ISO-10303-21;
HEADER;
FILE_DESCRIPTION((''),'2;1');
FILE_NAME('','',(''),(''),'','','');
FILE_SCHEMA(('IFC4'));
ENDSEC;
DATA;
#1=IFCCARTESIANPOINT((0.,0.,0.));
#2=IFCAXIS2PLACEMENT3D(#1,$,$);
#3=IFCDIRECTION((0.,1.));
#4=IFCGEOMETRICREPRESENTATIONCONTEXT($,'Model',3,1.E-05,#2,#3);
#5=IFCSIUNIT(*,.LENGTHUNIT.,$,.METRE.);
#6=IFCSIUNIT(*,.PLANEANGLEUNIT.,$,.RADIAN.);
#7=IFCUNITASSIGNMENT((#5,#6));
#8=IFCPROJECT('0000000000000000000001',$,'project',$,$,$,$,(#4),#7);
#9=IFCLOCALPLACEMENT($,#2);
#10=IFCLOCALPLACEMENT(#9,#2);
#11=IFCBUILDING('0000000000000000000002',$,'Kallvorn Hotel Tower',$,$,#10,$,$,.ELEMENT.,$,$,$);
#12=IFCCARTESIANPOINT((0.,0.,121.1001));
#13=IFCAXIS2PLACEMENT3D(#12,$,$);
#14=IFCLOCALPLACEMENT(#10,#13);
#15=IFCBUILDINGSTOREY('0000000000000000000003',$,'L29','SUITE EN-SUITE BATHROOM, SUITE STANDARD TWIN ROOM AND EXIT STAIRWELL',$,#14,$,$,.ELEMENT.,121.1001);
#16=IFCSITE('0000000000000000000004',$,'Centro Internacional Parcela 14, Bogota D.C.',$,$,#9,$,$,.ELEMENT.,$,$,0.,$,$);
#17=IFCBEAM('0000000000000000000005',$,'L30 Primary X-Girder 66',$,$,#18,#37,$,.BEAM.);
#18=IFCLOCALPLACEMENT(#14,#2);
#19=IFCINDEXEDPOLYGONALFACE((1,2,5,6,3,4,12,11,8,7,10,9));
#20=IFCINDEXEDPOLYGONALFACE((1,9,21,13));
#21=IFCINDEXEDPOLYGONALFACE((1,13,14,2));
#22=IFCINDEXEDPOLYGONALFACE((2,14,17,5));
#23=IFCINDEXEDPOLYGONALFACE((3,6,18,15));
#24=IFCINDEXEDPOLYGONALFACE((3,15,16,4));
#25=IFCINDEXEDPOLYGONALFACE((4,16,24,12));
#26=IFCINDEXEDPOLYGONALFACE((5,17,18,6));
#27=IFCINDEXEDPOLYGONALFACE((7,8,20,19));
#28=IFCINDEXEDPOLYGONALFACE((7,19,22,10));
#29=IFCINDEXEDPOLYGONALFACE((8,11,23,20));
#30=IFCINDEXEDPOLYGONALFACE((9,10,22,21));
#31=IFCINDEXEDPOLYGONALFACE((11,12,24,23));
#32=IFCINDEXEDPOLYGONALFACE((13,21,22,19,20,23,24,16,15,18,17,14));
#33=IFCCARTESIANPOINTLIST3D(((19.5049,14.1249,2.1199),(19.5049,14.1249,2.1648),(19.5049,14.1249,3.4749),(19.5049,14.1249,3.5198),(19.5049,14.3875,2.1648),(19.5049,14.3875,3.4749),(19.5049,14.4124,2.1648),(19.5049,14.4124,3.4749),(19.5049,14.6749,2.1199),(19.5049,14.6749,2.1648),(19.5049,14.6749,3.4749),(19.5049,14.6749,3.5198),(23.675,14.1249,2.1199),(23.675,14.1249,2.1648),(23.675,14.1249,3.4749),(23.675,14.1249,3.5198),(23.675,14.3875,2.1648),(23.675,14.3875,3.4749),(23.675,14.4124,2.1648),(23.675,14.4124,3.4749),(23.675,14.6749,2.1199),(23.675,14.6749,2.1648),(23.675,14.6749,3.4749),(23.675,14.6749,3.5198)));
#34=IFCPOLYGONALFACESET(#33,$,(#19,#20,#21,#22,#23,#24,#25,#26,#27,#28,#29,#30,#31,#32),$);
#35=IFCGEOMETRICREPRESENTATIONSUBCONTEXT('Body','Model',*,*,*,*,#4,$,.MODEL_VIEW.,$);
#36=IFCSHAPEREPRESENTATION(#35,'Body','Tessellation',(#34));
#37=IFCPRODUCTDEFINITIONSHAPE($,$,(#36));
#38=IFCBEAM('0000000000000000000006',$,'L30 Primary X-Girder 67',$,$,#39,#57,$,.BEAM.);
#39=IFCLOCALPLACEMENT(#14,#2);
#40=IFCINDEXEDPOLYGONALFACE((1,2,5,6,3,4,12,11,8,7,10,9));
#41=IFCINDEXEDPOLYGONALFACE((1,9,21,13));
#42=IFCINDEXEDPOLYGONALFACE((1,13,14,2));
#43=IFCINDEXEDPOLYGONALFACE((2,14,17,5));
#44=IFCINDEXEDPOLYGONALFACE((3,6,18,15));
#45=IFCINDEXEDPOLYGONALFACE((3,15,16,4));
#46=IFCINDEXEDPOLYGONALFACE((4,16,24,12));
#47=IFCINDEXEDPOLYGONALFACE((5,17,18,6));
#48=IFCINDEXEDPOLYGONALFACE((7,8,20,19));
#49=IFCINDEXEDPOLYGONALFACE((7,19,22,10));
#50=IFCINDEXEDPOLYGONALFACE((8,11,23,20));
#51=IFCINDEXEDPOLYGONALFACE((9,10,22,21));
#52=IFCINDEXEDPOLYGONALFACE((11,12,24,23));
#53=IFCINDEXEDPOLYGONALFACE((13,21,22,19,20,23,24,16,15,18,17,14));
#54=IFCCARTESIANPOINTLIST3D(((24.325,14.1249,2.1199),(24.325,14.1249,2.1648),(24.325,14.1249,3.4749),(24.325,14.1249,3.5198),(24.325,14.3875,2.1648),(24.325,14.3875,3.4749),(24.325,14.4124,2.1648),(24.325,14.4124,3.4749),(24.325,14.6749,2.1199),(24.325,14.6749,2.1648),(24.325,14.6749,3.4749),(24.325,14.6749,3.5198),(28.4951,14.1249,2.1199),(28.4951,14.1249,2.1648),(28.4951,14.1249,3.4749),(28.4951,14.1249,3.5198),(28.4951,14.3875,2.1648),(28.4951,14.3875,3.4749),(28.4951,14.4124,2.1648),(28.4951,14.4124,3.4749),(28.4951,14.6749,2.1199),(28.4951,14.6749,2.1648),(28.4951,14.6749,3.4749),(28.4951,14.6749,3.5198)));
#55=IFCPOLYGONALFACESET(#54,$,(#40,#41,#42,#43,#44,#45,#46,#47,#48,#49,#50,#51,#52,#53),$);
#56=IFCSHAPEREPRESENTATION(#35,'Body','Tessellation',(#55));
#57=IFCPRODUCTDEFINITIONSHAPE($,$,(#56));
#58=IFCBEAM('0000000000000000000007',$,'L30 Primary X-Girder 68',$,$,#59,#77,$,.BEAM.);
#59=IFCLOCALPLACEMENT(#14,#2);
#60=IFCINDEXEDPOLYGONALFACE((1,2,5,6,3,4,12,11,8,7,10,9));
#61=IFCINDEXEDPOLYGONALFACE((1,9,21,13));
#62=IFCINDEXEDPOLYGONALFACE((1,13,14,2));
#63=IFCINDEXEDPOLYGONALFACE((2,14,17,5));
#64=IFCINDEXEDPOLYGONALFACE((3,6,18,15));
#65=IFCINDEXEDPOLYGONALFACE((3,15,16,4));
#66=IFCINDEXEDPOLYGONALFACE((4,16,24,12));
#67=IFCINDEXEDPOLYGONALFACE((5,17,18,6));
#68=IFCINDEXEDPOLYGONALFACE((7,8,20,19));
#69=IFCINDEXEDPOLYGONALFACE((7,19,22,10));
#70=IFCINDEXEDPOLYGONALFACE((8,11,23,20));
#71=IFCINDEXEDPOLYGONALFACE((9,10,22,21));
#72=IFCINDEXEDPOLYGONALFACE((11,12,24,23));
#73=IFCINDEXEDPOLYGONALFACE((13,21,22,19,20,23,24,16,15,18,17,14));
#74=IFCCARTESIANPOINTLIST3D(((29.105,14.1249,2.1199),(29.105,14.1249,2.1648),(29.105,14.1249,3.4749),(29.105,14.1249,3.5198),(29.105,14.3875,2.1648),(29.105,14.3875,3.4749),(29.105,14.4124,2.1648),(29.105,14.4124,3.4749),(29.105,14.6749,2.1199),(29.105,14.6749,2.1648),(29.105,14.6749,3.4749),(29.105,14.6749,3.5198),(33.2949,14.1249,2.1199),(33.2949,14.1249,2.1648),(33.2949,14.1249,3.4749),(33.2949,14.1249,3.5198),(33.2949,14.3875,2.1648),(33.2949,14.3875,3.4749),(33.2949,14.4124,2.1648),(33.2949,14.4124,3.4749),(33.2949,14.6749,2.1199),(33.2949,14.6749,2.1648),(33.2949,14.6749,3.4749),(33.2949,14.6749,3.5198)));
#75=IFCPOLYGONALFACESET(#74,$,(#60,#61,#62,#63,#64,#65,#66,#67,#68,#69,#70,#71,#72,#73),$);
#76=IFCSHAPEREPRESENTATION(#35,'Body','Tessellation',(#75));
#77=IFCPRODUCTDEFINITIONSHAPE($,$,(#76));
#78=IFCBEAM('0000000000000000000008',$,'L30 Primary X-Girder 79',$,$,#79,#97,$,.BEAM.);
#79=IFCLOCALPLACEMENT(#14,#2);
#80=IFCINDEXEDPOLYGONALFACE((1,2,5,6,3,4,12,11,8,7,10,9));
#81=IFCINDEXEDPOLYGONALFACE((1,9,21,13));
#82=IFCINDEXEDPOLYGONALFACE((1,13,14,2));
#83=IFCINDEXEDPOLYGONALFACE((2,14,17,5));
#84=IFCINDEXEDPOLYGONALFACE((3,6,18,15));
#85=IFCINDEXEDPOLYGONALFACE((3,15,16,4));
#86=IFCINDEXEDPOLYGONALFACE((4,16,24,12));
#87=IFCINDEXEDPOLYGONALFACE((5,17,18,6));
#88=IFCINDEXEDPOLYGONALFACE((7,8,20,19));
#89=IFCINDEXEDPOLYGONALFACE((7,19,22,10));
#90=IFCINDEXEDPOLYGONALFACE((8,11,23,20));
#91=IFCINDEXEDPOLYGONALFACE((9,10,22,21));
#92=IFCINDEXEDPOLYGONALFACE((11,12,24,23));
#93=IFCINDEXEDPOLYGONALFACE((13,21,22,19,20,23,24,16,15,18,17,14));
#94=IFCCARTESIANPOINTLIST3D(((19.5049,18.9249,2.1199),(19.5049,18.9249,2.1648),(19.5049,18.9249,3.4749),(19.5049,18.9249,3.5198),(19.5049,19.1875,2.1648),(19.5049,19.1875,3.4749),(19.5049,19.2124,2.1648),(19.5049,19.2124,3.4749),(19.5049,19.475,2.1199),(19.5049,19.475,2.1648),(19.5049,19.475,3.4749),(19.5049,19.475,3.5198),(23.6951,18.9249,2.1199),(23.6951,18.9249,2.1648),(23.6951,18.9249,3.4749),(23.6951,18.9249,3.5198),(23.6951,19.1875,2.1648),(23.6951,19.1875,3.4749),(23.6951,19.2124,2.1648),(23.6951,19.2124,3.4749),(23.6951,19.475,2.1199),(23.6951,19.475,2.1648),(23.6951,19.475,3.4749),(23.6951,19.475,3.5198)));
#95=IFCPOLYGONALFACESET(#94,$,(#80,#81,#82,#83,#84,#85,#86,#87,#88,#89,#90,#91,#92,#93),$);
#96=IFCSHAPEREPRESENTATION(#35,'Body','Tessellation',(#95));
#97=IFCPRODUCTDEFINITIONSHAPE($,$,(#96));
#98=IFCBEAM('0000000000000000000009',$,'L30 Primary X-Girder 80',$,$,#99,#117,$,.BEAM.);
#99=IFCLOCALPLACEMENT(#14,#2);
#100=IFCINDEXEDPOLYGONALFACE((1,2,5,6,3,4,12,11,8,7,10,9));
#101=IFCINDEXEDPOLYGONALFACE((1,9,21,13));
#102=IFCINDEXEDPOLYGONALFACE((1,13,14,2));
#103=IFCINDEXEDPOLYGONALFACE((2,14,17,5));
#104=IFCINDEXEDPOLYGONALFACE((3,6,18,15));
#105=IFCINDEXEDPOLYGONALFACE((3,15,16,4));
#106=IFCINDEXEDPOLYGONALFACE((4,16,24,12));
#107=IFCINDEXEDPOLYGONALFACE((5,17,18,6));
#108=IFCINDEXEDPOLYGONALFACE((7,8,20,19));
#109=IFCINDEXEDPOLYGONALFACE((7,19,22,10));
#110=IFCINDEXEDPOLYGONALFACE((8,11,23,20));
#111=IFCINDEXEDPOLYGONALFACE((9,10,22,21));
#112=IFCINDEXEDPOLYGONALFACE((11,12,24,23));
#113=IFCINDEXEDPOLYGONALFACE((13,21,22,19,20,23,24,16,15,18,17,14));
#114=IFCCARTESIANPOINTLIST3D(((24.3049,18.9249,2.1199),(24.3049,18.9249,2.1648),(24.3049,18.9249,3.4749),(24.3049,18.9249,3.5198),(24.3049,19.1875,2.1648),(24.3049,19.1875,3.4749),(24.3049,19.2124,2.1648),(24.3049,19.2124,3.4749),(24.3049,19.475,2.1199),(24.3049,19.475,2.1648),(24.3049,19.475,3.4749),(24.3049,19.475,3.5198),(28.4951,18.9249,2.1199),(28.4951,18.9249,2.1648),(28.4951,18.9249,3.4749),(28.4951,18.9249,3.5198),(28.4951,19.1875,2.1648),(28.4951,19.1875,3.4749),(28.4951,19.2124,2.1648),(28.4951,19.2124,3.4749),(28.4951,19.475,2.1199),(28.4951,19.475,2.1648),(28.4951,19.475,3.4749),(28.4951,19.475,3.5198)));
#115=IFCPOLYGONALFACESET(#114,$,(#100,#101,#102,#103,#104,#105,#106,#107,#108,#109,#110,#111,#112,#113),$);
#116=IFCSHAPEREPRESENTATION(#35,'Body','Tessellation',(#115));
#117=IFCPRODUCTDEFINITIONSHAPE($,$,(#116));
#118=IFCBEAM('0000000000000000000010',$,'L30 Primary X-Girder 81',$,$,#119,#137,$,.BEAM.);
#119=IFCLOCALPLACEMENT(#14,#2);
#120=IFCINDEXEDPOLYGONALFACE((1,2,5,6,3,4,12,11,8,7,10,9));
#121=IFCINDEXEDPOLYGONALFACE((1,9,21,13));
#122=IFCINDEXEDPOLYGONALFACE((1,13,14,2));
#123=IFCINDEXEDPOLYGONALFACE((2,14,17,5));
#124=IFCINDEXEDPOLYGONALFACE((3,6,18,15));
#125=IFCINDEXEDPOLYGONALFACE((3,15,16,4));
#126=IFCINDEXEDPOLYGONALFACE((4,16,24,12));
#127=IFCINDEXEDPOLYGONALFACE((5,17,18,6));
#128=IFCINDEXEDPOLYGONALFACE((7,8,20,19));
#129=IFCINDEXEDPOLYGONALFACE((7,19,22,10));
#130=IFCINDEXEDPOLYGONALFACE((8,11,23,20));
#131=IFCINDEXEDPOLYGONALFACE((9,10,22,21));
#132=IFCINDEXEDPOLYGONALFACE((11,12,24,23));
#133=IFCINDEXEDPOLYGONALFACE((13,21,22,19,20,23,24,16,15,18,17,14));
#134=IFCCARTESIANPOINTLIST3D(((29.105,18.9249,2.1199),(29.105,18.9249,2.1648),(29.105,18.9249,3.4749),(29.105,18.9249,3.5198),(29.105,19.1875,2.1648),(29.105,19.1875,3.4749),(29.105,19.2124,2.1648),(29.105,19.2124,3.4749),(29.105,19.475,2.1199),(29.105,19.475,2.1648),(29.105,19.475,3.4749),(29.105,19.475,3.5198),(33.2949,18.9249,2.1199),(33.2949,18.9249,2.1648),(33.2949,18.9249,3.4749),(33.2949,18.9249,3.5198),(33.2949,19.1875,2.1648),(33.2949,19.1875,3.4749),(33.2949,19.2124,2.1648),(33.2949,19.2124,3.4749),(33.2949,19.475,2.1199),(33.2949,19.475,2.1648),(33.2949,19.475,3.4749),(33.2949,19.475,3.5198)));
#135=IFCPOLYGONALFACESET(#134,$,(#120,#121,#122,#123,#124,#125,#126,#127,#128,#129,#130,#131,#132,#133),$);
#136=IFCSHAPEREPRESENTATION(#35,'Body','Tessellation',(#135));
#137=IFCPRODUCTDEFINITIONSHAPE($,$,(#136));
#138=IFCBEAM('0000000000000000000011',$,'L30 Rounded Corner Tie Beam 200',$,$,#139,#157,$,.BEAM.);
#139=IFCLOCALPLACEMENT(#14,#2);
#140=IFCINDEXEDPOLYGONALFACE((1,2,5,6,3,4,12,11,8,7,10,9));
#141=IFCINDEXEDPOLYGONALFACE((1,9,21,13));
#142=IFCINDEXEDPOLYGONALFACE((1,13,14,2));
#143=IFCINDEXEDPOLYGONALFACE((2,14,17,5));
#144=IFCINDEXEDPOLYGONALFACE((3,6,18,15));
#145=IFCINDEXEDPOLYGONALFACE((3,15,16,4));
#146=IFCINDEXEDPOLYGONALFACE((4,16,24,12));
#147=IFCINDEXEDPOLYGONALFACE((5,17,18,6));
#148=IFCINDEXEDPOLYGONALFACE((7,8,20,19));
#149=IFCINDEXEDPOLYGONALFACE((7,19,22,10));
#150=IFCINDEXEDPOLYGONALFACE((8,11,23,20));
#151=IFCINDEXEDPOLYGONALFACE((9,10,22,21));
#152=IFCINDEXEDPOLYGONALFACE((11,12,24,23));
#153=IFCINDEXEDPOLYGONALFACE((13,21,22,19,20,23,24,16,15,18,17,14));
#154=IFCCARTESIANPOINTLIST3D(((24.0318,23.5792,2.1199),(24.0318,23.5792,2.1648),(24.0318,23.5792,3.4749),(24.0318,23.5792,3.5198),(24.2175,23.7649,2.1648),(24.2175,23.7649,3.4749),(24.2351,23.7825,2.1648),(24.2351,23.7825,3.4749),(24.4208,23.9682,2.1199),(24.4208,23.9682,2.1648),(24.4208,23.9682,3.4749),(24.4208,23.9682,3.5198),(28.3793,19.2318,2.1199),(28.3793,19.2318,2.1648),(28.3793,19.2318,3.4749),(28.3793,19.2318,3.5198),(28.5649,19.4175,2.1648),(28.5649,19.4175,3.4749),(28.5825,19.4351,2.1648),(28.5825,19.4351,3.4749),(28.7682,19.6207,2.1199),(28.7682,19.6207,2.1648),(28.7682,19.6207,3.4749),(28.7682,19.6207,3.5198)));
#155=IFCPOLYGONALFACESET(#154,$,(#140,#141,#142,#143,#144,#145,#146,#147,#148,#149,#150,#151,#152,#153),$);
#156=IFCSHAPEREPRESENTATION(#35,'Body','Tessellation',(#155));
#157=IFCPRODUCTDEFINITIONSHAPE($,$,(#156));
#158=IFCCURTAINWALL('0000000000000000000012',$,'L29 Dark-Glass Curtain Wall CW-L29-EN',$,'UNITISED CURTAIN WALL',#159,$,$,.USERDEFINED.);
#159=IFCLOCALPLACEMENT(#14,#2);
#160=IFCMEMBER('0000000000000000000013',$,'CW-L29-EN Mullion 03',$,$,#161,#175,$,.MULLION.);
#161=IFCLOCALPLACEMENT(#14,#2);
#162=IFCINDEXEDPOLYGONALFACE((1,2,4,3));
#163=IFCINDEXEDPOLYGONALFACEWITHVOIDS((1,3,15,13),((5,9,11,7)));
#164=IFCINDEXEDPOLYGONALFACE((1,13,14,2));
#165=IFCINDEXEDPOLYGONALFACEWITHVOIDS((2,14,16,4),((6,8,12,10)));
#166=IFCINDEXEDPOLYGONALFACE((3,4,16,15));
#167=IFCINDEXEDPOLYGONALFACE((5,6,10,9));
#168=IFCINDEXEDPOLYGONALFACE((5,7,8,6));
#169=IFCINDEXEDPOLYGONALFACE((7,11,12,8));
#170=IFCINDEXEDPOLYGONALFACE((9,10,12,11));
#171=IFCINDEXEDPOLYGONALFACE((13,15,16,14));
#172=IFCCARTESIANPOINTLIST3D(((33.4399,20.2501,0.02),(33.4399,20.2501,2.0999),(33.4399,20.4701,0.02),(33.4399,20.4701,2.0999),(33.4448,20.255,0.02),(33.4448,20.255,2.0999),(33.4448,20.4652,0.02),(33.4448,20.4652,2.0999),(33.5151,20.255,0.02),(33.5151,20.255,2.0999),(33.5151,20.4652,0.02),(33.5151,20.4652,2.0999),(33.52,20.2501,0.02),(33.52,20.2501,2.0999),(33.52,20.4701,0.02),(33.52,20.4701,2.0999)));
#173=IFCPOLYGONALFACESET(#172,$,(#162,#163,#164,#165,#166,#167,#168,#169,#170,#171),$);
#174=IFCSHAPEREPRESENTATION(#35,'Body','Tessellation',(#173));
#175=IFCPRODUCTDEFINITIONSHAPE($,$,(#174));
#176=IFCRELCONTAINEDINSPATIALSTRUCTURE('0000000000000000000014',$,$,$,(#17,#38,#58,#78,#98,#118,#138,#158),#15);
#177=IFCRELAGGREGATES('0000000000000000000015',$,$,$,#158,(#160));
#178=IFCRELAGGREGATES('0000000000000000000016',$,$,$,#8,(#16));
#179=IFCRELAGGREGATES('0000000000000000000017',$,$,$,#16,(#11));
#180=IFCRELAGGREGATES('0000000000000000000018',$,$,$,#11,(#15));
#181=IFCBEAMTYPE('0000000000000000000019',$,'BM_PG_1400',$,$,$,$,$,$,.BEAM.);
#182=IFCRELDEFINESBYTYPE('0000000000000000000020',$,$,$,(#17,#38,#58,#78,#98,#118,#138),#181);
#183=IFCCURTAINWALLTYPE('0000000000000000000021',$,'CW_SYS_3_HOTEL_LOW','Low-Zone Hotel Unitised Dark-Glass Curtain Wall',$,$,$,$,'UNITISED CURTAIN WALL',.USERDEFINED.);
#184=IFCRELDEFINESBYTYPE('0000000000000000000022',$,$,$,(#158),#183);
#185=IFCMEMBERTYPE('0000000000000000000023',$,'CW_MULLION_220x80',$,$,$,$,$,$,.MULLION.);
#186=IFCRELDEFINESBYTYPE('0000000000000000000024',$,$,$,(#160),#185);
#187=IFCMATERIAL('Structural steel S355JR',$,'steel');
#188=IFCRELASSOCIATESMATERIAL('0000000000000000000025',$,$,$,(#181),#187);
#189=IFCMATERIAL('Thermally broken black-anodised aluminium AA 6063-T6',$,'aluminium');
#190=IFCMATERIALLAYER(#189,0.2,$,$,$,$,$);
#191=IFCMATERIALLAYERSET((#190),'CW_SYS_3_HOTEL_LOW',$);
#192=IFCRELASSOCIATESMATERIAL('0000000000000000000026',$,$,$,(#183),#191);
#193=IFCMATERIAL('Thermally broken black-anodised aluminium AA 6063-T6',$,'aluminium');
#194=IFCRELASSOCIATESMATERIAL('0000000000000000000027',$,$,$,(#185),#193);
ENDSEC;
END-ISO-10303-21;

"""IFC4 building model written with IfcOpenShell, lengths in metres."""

from ifc_helpers import new_model, si_unit, direction, frame, origin, origin_2d, place, context, subcontext, project, spatial, hollow_rectangle, i_section, extrude, material, layer, layer_set, material_profile, profile_set, type_object, element, aggregate, save


model = new_model("IFC4")

# Units and contexts
model_context = context("Model", 3, precision=1e-05, world=origin(), true_north=direction((0.0, 1.0)))
body_context = subcontext(model_context, "Body", "Model", "MODEL_VIEW")
ifc_project = project(units=[si_unit("LENGTHUNIT", "METRE"), si_unit("PLANEANGLEUNIT", "RADIAN")], contexts=[model_context])

# Site, building, storey
site_placement = place(None, origin())
site = spatial("IfcSite", under=ifc_project, at=site_placement, Name="Centro Internacional Parcela 14, Bogota D.C.", CompositionType="ELEMENT", RefElevation=0.0)
building_placement = place(site_placement, origin())
building = spatial("IfcBuilding", under=site, at=building_placement, Name="Kallvorn Hotel Tower", CompositionType="ELEMENT")
storey_placement = place(building_placement, frame((0.0, 0.0, 121.1001)))
storey = spatial("IfcBuildingStorey", under=building, at=storey_placement, Name="L29", Description="SUITE EN-SUITE BATHROOM, SUITE STANDARD TWIN ROOM AND EXIT STAIRWELL", CompositionType="ELEMENT", Elevation=121.1001)

# Beams
ifc_material_1 = material(Name="Structural steel S355JR", Category="steel")
ifc_material_profile_1 = material_profile(ifc_material_1, i_section(OverallWidth=0.55, OverallDepth=1.3999, WebThickness=0.0249, FlangeThickness=0.0449, at=origin_2d()), Name="PG 1400x550x25x45")
ifc_profile_set_1 = profile_set([ifc_material_profile_1], Name="Structural steel S355JR")
beam_type_1 = type_object("IfcBeamType", Name="BM_PG_1400", PredefinedType="BEAM", material=ifc_profile_set_1)
for number, where, z_axis, x_axis, name in (
    (1, (19.5049, 14.3999, 2.8198), (1.0, 0.0, 0.0), (0.0, 1.0, 0.0), "L30 Primary X-Girder 66"),
    (2, (24.325, 14.3999, 2.8198), (1.0, 0.0, 0.0), (0.0, 1.0, 0.0), "L30 Primary X-Girder 67"),
):
    element("IfcBeam", number, at=place(storey_placement, frame(where, z_axis=z_axis, x_axis=x_axis)), inside=storey, type_object=beam_type_1, Name=name, PredefinedType="BEAM", context=body_context, shape_type="SweptSolid", body=[
        extrude(i_section(OverallWidth=0.55, OverallDepth=1.3999, WebThickness=0.0249, FlangeThickness=0.0449, at=origin_2d()), origin(), (0.0, 0.0, 1.0), 4.1702),
    ])
beam_1_placement = place(storey_placement, frame((29.105, 14.3999, 2.8198), z_axis=(1.0, 0.0, 0.0), x_axis=(0.0, 1.0, 0.0)))
element("IfcBeam", 3, at=beam_1_placement, inside=storey, type_object=beam_type_1, Name="L30 Primary X-Girder 68", PredefinedType="BEAM", context=body_context, shape_type="SweptSolid", body=[
    extrude(i_section(OverallWidth=0.55, OverallDepth=1.3999, WebThickness=0.0249, FlangeThickness=0.0449, at=origin_2d()), origin(), (0.0, 0.0, 1.0), 4.1899),
])
for number, where, z_axis, x_axis, name in (
    (4, (19.5049, 19.2, 2.8198), (1.0, 0.0, 0.0), (0.0, 1.0, 0.0), "L30 Primary X-Girder 79"),
    (5, (24.3049, 19.2, 2.8198), (1.0, 0.0, 0.0), (0.0, 1.0, 0.0), "L30 Primary X-Girder 80"),
):
    element("IfcBeam", number, at=place(storey_placement, frame(where, z_axis=z_axis, x_axis=x_axis)), inside=storey, type_object=beam_type_1, Name=name, PredefinedType="BEAM", context=body_context, shape_type="SweptSolid", body=[
        extrude(i_section(OverallWidth=0.55, OverallDepth=1.3999, WebThickness=0.0249, FlangeThickness=0.0449, at=origin_2d()), origin(), (0.0, 0.0, 1.0), 4.1902),
    ])
beam_2_placement = place(storey_placement, frame((29.105, 19.2, 2.8198), z_axis=(1.0, 0.0, 0.0), x_axis=(0.0, 1.0, 0.0)))
element("IfcBeam", 6, at=beam_2_placement, inside=storey, type_object=beam_type_1, Name="L30 Primary X-Girder 81", PredefinedType="BEAM", context=body_context, shape_type="SweptSolid", body=[
    extrude(i_section(OverallWidth=0.55, OverallDepth=1.3999, WebThickness=0.0249, FlangeThickness=0.0449, at=origin_2d()), origin(), (0.0, 0.0, 1.0), 4.1899),
])
beam_3_placement = place(storey_placement, frame((28.5737, 19.4263, 2.8198), z_axis=(-0.707107, 0.707107, 0.0), x_axis=(-0.707107, -0.707107, 0.0)))
element("IfcBeam", 7, at=beam_3_placement, inside=storey, type_object=beam_type_1, Name="L30 Rounded Corner Tie Beam 200", PredefinedType="BEAM", context=body_context, shape_type="SweptSolid", body=[
    extrude(i_section(OverallWidth=0.55, OverallDepth=1.3999, WebThickness=0.0249, FlangeThickness=0.0449, at=origin_2d()), origin(), (0.0, 0.0, 1.0), 6.1482),
])

# Curtain wall, member
ifc_material_2 = material(Name="Thermally broken black-anodised aluminium AA 6063-T6", Category="aluminium")
ifc_layer_1 = layer(ifc_material_2, 0.2)
ifc_layer_set_1 = layer_set([ifc_layer_1], Name="CW_SYS_3_HOTEL_LOW")
curtain_wall_type = type_object("IfcCurtainWallType", Name="CW_SYS_3_HOTEL_LOW", Description="Low-Zone Hotel Unitised Dark-Glass Curtain Wall", ElementType="UNITISED CURTAIN WALL", PredefinedType="USERDEFINED", material=ifc_layer_set_1)
curtain_wall_placement = place(storey_placement, origin())
curtain_wall = element("IfcCurtainWall", 8, at=curtain_wall_placement, inside=storey, type_object=curtain_wall_type, Name="L29 Dark-Glass Curtain Wall CW-L29-EN", ObjectType="UNITISED CURTAIN WALL", PredefinedType="USERDEFINED")
ifc_material_3 = material(Name="Thermally broken black-anodised aluminium AA 6063-T6", Category="aluminium")
ifc_material_profile_2 = material_profile(ifc_material_3, hollow_rectangle(XDim=0.0801, YDim=0.22, WallThickness=0.0049, at=origin_2d()), Name="MUL 220x80")
ifc_profile_set_2 = profile_set([ifc_material_profile_2], Name="Thermally broken black-anodised aluminium AA 6063-T6")
member_type_1 = type_object("IfcMemberType", Name="CW_MULLION_220x80", PredefinedType="MULLION", material=ifc_profile_set_2)
member_placement = place(storey_placement, frame((33.48, 20.3601, 0.02), z_axis=(0.0, 0.0, 1.0), x_axis=(1.0, 0.0, 0.0)))
member = element("IfcMember", 9, at=member_placement, type_object=member_type_1, Name="CW-L29-EN Mullion 03", PredefinedType="MULLION", context=body_context, shape_type="SweptSolid", body=[
    extrude(hollow_rectangle(XDim=0.0801, YDim=0.22, WallThickness=0.0049, at=origin_2d()), origin(), (0.0, 0.0, 1.0), 2.0798),
])

aggregate(curtain_wall, [member])

save(model, "model.ifc")
